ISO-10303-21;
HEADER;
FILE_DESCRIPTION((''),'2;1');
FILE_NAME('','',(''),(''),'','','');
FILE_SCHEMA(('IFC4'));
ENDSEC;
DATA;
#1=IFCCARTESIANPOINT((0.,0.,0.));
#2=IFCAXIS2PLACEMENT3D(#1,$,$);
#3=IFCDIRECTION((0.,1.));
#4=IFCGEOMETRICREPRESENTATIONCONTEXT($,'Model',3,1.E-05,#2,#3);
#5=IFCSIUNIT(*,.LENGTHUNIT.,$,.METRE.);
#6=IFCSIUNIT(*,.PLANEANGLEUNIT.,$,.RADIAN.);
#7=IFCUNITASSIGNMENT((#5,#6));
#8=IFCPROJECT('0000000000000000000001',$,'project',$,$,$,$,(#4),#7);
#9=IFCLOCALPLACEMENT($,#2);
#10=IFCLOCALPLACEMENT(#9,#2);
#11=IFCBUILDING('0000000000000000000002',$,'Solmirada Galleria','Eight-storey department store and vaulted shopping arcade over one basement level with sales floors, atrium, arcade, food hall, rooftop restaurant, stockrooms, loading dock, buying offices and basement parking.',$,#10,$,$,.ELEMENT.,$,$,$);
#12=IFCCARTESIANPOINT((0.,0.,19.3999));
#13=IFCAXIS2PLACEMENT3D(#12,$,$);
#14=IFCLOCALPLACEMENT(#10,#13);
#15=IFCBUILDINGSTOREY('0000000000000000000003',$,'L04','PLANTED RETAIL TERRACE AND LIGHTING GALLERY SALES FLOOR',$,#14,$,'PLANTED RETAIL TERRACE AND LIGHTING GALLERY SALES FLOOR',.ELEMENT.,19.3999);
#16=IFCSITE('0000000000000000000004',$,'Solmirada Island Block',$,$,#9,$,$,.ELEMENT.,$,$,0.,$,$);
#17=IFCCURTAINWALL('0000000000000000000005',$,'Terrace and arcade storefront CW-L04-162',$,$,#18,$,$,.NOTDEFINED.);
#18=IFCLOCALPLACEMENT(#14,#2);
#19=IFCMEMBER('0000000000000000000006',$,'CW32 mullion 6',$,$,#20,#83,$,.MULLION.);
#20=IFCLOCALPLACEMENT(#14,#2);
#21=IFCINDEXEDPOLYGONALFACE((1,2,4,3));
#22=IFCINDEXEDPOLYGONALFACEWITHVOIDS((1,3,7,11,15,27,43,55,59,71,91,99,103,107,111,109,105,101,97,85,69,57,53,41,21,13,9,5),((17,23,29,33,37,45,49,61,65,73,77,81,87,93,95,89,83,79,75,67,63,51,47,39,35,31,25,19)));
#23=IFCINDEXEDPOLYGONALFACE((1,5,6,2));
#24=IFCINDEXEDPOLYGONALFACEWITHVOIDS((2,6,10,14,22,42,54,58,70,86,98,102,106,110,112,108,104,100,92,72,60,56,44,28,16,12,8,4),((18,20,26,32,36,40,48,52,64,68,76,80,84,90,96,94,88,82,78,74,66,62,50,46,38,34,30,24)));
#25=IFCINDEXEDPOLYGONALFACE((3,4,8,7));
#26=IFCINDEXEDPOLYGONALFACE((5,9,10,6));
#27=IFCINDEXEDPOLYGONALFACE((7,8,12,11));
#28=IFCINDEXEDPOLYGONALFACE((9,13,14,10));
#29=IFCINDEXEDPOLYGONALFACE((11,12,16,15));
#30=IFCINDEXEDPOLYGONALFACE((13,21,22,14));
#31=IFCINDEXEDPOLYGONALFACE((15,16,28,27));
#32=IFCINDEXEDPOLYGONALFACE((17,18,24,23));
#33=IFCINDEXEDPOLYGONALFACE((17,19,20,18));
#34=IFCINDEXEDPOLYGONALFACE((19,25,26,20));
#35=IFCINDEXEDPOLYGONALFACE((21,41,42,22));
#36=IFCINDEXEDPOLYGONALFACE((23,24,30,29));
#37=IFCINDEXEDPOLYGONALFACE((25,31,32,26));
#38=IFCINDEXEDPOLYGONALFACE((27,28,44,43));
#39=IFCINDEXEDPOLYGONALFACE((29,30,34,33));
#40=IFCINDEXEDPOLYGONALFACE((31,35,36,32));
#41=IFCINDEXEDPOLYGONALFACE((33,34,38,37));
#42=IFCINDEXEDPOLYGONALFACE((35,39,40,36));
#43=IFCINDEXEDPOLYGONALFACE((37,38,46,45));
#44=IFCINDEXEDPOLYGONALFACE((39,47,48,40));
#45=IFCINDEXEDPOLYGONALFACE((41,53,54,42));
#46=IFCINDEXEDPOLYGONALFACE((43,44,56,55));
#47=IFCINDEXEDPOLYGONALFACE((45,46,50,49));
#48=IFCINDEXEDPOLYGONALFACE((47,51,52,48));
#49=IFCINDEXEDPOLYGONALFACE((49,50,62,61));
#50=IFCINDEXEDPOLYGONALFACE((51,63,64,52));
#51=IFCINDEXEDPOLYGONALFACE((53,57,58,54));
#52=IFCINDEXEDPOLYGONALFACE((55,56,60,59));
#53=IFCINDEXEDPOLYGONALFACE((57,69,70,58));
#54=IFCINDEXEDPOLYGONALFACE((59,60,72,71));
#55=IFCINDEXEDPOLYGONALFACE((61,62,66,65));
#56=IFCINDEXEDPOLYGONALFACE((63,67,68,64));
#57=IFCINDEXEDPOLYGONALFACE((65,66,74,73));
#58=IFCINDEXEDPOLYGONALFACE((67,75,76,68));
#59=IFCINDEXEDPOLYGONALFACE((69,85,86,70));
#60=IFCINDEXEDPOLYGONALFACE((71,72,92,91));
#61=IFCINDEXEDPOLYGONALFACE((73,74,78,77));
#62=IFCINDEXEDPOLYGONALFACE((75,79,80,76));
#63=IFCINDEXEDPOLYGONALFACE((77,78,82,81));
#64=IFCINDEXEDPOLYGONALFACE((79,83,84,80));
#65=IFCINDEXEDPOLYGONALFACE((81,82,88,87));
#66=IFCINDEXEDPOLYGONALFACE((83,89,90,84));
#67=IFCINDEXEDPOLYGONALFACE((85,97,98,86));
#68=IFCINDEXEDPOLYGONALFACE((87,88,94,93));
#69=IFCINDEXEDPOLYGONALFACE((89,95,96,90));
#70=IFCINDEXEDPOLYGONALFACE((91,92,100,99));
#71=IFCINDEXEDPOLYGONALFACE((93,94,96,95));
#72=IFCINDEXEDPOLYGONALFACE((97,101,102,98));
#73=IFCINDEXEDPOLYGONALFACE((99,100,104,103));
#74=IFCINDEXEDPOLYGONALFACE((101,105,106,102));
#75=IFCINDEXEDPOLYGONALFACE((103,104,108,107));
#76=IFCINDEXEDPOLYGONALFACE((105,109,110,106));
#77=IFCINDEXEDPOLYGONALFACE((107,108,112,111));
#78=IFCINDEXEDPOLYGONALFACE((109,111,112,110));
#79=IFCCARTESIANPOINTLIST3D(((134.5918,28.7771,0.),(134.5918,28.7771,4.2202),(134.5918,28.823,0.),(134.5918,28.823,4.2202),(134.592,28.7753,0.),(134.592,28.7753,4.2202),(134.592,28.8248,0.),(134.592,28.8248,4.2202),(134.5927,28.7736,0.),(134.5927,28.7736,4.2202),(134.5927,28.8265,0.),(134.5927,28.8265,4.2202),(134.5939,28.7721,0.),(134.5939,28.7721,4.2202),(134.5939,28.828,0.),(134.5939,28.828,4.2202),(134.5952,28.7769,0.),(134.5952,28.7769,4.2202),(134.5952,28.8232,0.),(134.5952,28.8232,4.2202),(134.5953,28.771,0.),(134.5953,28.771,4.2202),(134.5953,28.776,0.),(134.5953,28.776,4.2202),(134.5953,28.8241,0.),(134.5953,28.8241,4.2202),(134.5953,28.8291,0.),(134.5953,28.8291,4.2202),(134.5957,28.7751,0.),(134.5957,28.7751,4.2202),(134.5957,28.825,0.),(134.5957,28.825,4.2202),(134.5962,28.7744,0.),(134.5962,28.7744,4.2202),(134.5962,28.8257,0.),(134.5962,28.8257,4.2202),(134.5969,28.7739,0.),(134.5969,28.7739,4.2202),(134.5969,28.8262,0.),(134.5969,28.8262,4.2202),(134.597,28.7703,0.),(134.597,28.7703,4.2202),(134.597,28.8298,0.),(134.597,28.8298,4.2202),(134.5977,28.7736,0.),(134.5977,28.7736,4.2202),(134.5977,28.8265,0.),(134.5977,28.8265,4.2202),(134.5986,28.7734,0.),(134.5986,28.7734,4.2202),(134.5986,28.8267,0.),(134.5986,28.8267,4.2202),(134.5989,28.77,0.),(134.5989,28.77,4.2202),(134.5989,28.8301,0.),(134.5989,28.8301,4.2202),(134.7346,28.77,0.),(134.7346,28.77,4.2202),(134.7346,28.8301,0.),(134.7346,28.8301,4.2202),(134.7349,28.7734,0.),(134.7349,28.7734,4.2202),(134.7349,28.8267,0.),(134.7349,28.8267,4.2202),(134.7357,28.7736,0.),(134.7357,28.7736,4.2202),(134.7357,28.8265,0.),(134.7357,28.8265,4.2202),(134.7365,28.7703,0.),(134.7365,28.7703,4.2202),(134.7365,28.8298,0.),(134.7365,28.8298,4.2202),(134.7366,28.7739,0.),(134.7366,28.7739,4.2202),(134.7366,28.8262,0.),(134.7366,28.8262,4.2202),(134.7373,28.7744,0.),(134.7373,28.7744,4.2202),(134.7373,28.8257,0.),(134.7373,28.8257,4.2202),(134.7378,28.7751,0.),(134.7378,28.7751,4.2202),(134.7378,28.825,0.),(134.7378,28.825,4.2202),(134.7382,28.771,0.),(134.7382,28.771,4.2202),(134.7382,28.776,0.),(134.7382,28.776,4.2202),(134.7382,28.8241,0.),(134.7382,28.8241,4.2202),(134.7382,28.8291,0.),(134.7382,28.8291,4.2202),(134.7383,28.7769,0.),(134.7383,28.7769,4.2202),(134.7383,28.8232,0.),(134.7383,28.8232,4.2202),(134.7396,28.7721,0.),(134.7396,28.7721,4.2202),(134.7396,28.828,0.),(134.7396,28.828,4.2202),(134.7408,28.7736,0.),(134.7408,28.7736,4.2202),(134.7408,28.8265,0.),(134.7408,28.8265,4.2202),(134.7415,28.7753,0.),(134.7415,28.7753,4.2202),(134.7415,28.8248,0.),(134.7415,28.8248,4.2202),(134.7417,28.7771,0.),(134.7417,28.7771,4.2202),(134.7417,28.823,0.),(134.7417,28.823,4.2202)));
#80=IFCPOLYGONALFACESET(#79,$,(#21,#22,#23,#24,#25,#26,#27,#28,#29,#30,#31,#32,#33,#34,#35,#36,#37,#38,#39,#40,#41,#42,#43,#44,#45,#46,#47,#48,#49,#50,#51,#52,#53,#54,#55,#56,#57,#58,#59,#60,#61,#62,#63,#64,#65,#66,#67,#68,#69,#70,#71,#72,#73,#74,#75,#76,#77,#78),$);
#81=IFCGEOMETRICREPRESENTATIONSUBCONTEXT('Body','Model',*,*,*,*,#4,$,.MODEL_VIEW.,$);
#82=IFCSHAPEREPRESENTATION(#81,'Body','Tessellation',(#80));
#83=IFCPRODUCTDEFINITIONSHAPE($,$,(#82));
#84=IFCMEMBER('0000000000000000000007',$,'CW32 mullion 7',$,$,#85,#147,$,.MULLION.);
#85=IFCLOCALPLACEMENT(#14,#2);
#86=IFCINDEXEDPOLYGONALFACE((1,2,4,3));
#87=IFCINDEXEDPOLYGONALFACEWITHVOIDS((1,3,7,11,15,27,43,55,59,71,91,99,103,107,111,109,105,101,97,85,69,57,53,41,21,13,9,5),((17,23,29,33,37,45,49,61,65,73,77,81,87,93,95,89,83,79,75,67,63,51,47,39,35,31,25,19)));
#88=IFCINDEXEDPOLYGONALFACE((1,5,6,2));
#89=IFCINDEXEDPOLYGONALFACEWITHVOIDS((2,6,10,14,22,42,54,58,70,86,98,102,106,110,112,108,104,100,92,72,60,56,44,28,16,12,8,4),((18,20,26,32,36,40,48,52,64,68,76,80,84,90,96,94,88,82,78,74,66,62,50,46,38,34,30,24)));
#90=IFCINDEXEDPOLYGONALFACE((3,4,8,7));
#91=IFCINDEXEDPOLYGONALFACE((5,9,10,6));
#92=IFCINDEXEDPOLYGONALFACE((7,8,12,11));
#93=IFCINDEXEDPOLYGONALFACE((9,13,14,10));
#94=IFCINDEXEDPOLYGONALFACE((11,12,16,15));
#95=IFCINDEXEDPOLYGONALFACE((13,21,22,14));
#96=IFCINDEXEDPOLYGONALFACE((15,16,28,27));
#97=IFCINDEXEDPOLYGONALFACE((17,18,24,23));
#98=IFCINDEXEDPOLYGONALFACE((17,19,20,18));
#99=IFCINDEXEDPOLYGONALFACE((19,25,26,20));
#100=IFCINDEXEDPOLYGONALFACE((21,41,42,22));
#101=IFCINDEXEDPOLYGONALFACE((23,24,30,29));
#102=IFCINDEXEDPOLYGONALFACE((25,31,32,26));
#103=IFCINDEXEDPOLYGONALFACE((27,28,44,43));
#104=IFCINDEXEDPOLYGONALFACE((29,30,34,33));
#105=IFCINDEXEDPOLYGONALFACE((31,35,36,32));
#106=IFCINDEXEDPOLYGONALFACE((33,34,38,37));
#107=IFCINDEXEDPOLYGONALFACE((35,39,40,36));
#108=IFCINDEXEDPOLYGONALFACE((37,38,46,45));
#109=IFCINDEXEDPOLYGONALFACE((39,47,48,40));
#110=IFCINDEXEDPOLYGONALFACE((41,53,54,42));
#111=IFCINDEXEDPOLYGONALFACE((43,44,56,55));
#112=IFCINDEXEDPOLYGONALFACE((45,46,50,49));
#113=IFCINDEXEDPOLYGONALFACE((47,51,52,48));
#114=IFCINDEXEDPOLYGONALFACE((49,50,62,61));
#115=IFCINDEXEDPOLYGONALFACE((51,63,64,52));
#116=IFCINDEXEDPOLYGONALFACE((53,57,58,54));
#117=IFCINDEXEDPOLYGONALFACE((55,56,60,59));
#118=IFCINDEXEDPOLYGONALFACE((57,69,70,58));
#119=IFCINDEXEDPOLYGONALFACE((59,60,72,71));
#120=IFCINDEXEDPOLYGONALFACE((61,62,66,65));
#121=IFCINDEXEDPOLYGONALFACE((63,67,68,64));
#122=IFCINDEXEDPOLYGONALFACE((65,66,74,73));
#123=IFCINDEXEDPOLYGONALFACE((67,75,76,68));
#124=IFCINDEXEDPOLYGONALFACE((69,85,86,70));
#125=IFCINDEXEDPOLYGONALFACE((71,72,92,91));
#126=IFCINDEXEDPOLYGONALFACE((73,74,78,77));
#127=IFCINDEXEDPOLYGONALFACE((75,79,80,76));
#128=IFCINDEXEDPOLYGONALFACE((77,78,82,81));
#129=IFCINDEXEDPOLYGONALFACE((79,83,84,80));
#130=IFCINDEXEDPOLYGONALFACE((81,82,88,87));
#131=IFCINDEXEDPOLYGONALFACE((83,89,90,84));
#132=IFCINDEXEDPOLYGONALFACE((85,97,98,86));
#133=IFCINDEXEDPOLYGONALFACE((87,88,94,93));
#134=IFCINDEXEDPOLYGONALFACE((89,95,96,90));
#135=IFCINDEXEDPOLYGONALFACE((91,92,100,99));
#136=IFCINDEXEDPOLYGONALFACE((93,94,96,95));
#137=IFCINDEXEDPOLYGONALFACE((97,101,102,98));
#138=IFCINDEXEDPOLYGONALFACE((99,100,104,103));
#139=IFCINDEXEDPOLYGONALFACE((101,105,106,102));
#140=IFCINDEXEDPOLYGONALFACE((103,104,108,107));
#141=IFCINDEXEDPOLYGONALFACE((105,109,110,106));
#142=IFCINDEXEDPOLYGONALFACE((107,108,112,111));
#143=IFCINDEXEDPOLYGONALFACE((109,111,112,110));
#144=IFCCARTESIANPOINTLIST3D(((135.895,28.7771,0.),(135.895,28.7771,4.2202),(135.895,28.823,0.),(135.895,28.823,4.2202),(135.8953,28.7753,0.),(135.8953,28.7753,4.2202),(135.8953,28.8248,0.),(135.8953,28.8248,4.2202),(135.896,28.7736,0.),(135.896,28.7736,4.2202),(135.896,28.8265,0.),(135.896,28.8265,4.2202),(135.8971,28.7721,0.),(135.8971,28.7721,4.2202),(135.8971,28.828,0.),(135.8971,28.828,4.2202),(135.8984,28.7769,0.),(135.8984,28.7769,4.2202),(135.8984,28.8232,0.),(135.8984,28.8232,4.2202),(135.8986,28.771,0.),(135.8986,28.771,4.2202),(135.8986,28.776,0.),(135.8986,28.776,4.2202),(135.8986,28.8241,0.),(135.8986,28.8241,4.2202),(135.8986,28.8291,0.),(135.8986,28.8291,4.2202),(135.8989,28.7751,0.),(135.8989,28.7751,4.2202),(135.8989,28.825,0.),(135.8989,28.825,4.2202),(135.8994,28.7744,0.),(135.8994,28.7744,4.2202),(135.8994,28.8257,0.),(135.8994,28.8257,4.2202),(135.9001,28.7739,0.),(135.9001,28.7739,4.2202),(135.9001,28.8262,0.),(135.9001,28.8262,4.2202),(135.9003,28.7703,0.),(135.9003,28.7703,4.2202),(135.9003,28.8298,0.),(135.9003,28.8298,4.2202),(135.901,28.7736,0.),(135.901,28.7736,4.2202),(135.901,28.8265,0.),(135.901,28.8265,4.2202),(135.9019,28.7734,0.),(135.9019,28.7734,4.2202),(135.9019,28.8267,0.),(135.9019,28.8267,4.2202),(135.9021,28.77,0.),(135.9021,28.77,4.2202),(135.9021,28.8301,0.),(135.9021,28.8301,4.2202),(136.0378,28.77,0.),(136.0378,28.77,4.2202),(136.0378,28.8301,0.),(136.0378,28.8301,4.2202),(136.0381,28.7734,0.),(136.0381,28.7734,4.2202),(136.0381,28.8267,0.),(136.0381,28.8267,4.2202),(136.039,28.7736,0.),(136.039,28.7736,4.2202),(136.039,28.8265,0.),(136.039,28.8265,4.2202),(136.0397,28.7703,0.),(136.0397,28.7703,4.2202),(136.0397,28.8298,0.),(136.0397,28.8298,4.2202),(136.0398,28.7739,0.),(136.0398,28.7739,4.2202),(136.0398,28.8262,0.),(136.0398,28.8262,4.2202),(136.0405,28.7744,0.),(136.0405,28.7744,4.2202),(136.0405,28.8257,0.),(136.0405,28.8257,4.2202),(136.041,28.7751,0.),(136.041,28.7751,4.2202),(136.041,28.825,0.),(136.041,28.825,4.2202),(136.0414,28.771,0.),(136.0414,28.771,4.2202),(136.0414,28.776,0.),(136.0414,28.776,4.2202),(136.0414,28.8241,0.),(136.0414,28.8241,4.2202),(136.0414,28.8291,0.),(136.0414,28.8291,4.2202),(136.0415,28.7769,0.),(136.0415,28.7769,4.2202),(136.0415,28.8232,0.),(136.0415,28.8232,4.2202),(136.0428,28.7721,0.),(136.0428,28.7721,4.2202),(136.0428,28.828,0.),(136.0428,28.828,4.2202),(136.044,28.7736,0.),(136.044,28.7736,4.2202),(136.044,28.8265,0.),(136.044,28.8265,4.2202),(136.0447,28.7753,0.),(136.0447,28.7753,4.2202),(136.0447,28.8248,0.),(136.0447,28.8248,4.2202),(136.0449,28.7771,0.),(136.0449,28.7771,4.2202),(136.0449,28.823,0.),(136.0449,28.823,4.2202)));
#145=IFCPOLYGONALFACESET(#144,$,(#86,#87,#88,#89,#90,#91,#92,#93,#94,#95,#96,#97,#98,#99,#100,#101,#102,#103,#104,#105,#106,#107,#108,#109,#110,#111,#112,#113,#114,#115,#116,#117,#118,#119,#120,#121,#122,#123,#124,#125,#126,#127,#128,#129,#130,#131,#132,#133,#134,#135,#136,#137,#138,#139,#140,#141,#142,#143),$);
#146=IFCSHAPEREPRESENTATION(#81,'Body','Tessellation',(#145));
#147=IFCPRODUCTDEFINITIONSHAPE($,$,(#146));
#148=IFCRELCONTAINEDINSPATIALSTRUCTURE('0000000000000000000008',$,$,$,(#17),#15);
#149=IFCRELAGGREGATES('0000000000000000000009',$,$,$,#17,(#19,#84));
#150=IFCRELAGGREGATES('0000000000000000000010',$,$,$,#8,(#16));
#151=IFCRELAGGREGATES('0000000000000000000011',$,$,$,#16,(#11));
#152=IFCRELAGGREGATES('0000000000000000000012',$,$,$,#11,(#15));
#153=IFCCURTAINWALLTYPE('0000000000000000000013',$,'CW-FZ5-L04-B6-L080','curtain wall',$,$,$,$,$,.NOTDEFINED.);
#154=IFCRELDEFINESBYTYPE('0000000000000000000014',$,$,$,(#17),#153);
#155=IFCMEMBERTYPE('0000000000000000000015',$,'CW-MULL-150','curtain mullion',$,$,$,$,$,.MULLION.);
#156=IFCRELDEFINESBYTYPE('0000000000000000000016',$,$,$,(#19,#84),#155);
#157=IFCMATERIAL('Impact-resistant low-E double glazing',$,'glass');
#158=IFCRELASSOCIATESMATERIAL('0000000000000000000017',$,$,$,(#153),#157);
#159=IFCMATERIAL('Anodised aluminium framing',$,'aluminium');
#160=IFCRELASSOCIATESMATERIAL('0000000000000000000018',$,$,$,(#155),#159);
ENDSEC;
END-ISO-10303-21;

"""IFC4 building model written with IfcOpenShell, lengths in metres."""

from ifc_helpers import new_model, si_unit, direction, frame, origin, origin_2d, place, context, subcontext, project, spatial, hollow_rectangle, extrude, material, material_profile, profile_set, type_object, element, aggregate, save


model = new_model("IFC4")

# Units and contexts
model_context = context("Model", 3, precision=1e-05, world=origin(), true_north=direction((0.0, 1.0)))
body_context = subcontext(model_context, "Body", "Model", "MODEL_VIEW")
ifc_project = project(units=[si_unit("LENGTHUNIT", "METRE"), si_unit("PLANEANGLEUNIT", "RADIAN")], contexts=[model_context])

# Site, building, storey
site_placement = place(None, origin())
site = spatial("IfcSite", under=ifc_project, at=site_placement, Name="Solmirada Island Block", CompositionType="ELEMENT", RefElevation=0.0)
building_placement = place(site_placement, origin())
building = spatial("IfcBuilding", under=site, at=building_placement, Name="Solmirada Galleria", Description="Eight-storey department store and vaulted shopping arcade over one basement level with sales floors, atrium, arcade, food hall, rooftop restaurant, stockrooms, loading dock, buying offices and basement parking.", CompositionType="ELEMENT")
storey_placement = place(building_placement, frame((0.0, 0.0, 19.3999)))
storey = spatial("IfcBuildingStorey", under=building, at=storey_placement, Name="L04", Description="PLANTED RETAIL TERRACE AND LIGHTING GALLERY SALES FLOOR", LongName="PLANTED RETAIL TERRACE AND LIGHTING GALLERY SALES FLOOR", CompositionType="ELEMENT", Elevation=19.3999)

# Curtain wall, members
ifc_material_1 = material(Name="Impact-resistant low-E double glazing", Category="glass")
curtain_wall_type = type_object("IfcCurtainWallType", Name="CW-FZ5-L04-B6-L080", Description="curtain wall", PredefinedType="NOTDEFINED", material=ifc_material_1)
curtain_wall_placement = place(storey_placement, origin())
curtain_wall = element("IfcCurtainWall", 1, at=curtain_wall_placement, inside=storey, type_object=curtain_wall_type, Name="Terrace and arcade storefront CW-L04-162", PredefinedType="NOTDEFINED")
ifc_material_2 = material(Name="Anodised aluminium framing", Category="aluminium")
ifc_material_profile_1 = material_profile(ifc_material_2, hollow_rectangle(XDim=0.0601, YDim=0.1499, WallThickness=0.0034, InnerFilletRadius=0.0034, OuterFilletRadius=0.0071, at=origin_2d()), Name="ALU-MULL-150X60")
ifc_profile_set_1 = profile_set([ifc_material_profile_1], Name="Anodised aluminium framing")
member_type_1 = type_object("IfcMemberType", Name="CW-MULL-150", Description="curtain mullion", PredefinedType="MULLION", material=ifc_profile_set_1)
member_1_placement = place(storey_placement, frame((134.6667, 28.8, 0.0), z_axis=(0.0, 0.0, 1.0), x_axis=(0.0, 1.0, 0.0)))
member_1 = element("IfcMember", 2, at=member_1_placement, type_object=member_type_1, Name="CW32 mullion 6", PredefinedType="MULLION", context=body_context, shape_type="SweptSolid", body=[
    extrude(hollow_rectangle(XDim=0.0601, YDim=0.1499, WallThickness=0.0034, InnerFilletRadius=0.0034, OuterFilletRadius=0.0071, at=origin_2d()), origin(), (0.0, 0.0, 1.0), 4.2202),
])
member_2_placement = place(storey_placement, frame((135.97, 28.8, 0.0), z_axis=(0.0, 0.0, 1.0), x_axis=(0.0, 1.0, 0.0)))
member_2 = element("IfcMember", 3, at=member_2_placement, type_object=member_type_1, Name="CW32 mullion 7", PredefinedType="MULLION", context=body_context, shape_type="SweptSolid", body=[
    extrude(hollow_rectangle(XDim=0.0601, YDim=0.1499, WallThickness=0.0034, InnerFilletRadius=0.0034, OuterFilletRadius=0.0071, at=origin_2d()), origin(), (0.0, 0.0, 1.0), 4.2202),
])
aggregate(curtain_wall, [member_1, member_2])

save(model, "model.ifc")
